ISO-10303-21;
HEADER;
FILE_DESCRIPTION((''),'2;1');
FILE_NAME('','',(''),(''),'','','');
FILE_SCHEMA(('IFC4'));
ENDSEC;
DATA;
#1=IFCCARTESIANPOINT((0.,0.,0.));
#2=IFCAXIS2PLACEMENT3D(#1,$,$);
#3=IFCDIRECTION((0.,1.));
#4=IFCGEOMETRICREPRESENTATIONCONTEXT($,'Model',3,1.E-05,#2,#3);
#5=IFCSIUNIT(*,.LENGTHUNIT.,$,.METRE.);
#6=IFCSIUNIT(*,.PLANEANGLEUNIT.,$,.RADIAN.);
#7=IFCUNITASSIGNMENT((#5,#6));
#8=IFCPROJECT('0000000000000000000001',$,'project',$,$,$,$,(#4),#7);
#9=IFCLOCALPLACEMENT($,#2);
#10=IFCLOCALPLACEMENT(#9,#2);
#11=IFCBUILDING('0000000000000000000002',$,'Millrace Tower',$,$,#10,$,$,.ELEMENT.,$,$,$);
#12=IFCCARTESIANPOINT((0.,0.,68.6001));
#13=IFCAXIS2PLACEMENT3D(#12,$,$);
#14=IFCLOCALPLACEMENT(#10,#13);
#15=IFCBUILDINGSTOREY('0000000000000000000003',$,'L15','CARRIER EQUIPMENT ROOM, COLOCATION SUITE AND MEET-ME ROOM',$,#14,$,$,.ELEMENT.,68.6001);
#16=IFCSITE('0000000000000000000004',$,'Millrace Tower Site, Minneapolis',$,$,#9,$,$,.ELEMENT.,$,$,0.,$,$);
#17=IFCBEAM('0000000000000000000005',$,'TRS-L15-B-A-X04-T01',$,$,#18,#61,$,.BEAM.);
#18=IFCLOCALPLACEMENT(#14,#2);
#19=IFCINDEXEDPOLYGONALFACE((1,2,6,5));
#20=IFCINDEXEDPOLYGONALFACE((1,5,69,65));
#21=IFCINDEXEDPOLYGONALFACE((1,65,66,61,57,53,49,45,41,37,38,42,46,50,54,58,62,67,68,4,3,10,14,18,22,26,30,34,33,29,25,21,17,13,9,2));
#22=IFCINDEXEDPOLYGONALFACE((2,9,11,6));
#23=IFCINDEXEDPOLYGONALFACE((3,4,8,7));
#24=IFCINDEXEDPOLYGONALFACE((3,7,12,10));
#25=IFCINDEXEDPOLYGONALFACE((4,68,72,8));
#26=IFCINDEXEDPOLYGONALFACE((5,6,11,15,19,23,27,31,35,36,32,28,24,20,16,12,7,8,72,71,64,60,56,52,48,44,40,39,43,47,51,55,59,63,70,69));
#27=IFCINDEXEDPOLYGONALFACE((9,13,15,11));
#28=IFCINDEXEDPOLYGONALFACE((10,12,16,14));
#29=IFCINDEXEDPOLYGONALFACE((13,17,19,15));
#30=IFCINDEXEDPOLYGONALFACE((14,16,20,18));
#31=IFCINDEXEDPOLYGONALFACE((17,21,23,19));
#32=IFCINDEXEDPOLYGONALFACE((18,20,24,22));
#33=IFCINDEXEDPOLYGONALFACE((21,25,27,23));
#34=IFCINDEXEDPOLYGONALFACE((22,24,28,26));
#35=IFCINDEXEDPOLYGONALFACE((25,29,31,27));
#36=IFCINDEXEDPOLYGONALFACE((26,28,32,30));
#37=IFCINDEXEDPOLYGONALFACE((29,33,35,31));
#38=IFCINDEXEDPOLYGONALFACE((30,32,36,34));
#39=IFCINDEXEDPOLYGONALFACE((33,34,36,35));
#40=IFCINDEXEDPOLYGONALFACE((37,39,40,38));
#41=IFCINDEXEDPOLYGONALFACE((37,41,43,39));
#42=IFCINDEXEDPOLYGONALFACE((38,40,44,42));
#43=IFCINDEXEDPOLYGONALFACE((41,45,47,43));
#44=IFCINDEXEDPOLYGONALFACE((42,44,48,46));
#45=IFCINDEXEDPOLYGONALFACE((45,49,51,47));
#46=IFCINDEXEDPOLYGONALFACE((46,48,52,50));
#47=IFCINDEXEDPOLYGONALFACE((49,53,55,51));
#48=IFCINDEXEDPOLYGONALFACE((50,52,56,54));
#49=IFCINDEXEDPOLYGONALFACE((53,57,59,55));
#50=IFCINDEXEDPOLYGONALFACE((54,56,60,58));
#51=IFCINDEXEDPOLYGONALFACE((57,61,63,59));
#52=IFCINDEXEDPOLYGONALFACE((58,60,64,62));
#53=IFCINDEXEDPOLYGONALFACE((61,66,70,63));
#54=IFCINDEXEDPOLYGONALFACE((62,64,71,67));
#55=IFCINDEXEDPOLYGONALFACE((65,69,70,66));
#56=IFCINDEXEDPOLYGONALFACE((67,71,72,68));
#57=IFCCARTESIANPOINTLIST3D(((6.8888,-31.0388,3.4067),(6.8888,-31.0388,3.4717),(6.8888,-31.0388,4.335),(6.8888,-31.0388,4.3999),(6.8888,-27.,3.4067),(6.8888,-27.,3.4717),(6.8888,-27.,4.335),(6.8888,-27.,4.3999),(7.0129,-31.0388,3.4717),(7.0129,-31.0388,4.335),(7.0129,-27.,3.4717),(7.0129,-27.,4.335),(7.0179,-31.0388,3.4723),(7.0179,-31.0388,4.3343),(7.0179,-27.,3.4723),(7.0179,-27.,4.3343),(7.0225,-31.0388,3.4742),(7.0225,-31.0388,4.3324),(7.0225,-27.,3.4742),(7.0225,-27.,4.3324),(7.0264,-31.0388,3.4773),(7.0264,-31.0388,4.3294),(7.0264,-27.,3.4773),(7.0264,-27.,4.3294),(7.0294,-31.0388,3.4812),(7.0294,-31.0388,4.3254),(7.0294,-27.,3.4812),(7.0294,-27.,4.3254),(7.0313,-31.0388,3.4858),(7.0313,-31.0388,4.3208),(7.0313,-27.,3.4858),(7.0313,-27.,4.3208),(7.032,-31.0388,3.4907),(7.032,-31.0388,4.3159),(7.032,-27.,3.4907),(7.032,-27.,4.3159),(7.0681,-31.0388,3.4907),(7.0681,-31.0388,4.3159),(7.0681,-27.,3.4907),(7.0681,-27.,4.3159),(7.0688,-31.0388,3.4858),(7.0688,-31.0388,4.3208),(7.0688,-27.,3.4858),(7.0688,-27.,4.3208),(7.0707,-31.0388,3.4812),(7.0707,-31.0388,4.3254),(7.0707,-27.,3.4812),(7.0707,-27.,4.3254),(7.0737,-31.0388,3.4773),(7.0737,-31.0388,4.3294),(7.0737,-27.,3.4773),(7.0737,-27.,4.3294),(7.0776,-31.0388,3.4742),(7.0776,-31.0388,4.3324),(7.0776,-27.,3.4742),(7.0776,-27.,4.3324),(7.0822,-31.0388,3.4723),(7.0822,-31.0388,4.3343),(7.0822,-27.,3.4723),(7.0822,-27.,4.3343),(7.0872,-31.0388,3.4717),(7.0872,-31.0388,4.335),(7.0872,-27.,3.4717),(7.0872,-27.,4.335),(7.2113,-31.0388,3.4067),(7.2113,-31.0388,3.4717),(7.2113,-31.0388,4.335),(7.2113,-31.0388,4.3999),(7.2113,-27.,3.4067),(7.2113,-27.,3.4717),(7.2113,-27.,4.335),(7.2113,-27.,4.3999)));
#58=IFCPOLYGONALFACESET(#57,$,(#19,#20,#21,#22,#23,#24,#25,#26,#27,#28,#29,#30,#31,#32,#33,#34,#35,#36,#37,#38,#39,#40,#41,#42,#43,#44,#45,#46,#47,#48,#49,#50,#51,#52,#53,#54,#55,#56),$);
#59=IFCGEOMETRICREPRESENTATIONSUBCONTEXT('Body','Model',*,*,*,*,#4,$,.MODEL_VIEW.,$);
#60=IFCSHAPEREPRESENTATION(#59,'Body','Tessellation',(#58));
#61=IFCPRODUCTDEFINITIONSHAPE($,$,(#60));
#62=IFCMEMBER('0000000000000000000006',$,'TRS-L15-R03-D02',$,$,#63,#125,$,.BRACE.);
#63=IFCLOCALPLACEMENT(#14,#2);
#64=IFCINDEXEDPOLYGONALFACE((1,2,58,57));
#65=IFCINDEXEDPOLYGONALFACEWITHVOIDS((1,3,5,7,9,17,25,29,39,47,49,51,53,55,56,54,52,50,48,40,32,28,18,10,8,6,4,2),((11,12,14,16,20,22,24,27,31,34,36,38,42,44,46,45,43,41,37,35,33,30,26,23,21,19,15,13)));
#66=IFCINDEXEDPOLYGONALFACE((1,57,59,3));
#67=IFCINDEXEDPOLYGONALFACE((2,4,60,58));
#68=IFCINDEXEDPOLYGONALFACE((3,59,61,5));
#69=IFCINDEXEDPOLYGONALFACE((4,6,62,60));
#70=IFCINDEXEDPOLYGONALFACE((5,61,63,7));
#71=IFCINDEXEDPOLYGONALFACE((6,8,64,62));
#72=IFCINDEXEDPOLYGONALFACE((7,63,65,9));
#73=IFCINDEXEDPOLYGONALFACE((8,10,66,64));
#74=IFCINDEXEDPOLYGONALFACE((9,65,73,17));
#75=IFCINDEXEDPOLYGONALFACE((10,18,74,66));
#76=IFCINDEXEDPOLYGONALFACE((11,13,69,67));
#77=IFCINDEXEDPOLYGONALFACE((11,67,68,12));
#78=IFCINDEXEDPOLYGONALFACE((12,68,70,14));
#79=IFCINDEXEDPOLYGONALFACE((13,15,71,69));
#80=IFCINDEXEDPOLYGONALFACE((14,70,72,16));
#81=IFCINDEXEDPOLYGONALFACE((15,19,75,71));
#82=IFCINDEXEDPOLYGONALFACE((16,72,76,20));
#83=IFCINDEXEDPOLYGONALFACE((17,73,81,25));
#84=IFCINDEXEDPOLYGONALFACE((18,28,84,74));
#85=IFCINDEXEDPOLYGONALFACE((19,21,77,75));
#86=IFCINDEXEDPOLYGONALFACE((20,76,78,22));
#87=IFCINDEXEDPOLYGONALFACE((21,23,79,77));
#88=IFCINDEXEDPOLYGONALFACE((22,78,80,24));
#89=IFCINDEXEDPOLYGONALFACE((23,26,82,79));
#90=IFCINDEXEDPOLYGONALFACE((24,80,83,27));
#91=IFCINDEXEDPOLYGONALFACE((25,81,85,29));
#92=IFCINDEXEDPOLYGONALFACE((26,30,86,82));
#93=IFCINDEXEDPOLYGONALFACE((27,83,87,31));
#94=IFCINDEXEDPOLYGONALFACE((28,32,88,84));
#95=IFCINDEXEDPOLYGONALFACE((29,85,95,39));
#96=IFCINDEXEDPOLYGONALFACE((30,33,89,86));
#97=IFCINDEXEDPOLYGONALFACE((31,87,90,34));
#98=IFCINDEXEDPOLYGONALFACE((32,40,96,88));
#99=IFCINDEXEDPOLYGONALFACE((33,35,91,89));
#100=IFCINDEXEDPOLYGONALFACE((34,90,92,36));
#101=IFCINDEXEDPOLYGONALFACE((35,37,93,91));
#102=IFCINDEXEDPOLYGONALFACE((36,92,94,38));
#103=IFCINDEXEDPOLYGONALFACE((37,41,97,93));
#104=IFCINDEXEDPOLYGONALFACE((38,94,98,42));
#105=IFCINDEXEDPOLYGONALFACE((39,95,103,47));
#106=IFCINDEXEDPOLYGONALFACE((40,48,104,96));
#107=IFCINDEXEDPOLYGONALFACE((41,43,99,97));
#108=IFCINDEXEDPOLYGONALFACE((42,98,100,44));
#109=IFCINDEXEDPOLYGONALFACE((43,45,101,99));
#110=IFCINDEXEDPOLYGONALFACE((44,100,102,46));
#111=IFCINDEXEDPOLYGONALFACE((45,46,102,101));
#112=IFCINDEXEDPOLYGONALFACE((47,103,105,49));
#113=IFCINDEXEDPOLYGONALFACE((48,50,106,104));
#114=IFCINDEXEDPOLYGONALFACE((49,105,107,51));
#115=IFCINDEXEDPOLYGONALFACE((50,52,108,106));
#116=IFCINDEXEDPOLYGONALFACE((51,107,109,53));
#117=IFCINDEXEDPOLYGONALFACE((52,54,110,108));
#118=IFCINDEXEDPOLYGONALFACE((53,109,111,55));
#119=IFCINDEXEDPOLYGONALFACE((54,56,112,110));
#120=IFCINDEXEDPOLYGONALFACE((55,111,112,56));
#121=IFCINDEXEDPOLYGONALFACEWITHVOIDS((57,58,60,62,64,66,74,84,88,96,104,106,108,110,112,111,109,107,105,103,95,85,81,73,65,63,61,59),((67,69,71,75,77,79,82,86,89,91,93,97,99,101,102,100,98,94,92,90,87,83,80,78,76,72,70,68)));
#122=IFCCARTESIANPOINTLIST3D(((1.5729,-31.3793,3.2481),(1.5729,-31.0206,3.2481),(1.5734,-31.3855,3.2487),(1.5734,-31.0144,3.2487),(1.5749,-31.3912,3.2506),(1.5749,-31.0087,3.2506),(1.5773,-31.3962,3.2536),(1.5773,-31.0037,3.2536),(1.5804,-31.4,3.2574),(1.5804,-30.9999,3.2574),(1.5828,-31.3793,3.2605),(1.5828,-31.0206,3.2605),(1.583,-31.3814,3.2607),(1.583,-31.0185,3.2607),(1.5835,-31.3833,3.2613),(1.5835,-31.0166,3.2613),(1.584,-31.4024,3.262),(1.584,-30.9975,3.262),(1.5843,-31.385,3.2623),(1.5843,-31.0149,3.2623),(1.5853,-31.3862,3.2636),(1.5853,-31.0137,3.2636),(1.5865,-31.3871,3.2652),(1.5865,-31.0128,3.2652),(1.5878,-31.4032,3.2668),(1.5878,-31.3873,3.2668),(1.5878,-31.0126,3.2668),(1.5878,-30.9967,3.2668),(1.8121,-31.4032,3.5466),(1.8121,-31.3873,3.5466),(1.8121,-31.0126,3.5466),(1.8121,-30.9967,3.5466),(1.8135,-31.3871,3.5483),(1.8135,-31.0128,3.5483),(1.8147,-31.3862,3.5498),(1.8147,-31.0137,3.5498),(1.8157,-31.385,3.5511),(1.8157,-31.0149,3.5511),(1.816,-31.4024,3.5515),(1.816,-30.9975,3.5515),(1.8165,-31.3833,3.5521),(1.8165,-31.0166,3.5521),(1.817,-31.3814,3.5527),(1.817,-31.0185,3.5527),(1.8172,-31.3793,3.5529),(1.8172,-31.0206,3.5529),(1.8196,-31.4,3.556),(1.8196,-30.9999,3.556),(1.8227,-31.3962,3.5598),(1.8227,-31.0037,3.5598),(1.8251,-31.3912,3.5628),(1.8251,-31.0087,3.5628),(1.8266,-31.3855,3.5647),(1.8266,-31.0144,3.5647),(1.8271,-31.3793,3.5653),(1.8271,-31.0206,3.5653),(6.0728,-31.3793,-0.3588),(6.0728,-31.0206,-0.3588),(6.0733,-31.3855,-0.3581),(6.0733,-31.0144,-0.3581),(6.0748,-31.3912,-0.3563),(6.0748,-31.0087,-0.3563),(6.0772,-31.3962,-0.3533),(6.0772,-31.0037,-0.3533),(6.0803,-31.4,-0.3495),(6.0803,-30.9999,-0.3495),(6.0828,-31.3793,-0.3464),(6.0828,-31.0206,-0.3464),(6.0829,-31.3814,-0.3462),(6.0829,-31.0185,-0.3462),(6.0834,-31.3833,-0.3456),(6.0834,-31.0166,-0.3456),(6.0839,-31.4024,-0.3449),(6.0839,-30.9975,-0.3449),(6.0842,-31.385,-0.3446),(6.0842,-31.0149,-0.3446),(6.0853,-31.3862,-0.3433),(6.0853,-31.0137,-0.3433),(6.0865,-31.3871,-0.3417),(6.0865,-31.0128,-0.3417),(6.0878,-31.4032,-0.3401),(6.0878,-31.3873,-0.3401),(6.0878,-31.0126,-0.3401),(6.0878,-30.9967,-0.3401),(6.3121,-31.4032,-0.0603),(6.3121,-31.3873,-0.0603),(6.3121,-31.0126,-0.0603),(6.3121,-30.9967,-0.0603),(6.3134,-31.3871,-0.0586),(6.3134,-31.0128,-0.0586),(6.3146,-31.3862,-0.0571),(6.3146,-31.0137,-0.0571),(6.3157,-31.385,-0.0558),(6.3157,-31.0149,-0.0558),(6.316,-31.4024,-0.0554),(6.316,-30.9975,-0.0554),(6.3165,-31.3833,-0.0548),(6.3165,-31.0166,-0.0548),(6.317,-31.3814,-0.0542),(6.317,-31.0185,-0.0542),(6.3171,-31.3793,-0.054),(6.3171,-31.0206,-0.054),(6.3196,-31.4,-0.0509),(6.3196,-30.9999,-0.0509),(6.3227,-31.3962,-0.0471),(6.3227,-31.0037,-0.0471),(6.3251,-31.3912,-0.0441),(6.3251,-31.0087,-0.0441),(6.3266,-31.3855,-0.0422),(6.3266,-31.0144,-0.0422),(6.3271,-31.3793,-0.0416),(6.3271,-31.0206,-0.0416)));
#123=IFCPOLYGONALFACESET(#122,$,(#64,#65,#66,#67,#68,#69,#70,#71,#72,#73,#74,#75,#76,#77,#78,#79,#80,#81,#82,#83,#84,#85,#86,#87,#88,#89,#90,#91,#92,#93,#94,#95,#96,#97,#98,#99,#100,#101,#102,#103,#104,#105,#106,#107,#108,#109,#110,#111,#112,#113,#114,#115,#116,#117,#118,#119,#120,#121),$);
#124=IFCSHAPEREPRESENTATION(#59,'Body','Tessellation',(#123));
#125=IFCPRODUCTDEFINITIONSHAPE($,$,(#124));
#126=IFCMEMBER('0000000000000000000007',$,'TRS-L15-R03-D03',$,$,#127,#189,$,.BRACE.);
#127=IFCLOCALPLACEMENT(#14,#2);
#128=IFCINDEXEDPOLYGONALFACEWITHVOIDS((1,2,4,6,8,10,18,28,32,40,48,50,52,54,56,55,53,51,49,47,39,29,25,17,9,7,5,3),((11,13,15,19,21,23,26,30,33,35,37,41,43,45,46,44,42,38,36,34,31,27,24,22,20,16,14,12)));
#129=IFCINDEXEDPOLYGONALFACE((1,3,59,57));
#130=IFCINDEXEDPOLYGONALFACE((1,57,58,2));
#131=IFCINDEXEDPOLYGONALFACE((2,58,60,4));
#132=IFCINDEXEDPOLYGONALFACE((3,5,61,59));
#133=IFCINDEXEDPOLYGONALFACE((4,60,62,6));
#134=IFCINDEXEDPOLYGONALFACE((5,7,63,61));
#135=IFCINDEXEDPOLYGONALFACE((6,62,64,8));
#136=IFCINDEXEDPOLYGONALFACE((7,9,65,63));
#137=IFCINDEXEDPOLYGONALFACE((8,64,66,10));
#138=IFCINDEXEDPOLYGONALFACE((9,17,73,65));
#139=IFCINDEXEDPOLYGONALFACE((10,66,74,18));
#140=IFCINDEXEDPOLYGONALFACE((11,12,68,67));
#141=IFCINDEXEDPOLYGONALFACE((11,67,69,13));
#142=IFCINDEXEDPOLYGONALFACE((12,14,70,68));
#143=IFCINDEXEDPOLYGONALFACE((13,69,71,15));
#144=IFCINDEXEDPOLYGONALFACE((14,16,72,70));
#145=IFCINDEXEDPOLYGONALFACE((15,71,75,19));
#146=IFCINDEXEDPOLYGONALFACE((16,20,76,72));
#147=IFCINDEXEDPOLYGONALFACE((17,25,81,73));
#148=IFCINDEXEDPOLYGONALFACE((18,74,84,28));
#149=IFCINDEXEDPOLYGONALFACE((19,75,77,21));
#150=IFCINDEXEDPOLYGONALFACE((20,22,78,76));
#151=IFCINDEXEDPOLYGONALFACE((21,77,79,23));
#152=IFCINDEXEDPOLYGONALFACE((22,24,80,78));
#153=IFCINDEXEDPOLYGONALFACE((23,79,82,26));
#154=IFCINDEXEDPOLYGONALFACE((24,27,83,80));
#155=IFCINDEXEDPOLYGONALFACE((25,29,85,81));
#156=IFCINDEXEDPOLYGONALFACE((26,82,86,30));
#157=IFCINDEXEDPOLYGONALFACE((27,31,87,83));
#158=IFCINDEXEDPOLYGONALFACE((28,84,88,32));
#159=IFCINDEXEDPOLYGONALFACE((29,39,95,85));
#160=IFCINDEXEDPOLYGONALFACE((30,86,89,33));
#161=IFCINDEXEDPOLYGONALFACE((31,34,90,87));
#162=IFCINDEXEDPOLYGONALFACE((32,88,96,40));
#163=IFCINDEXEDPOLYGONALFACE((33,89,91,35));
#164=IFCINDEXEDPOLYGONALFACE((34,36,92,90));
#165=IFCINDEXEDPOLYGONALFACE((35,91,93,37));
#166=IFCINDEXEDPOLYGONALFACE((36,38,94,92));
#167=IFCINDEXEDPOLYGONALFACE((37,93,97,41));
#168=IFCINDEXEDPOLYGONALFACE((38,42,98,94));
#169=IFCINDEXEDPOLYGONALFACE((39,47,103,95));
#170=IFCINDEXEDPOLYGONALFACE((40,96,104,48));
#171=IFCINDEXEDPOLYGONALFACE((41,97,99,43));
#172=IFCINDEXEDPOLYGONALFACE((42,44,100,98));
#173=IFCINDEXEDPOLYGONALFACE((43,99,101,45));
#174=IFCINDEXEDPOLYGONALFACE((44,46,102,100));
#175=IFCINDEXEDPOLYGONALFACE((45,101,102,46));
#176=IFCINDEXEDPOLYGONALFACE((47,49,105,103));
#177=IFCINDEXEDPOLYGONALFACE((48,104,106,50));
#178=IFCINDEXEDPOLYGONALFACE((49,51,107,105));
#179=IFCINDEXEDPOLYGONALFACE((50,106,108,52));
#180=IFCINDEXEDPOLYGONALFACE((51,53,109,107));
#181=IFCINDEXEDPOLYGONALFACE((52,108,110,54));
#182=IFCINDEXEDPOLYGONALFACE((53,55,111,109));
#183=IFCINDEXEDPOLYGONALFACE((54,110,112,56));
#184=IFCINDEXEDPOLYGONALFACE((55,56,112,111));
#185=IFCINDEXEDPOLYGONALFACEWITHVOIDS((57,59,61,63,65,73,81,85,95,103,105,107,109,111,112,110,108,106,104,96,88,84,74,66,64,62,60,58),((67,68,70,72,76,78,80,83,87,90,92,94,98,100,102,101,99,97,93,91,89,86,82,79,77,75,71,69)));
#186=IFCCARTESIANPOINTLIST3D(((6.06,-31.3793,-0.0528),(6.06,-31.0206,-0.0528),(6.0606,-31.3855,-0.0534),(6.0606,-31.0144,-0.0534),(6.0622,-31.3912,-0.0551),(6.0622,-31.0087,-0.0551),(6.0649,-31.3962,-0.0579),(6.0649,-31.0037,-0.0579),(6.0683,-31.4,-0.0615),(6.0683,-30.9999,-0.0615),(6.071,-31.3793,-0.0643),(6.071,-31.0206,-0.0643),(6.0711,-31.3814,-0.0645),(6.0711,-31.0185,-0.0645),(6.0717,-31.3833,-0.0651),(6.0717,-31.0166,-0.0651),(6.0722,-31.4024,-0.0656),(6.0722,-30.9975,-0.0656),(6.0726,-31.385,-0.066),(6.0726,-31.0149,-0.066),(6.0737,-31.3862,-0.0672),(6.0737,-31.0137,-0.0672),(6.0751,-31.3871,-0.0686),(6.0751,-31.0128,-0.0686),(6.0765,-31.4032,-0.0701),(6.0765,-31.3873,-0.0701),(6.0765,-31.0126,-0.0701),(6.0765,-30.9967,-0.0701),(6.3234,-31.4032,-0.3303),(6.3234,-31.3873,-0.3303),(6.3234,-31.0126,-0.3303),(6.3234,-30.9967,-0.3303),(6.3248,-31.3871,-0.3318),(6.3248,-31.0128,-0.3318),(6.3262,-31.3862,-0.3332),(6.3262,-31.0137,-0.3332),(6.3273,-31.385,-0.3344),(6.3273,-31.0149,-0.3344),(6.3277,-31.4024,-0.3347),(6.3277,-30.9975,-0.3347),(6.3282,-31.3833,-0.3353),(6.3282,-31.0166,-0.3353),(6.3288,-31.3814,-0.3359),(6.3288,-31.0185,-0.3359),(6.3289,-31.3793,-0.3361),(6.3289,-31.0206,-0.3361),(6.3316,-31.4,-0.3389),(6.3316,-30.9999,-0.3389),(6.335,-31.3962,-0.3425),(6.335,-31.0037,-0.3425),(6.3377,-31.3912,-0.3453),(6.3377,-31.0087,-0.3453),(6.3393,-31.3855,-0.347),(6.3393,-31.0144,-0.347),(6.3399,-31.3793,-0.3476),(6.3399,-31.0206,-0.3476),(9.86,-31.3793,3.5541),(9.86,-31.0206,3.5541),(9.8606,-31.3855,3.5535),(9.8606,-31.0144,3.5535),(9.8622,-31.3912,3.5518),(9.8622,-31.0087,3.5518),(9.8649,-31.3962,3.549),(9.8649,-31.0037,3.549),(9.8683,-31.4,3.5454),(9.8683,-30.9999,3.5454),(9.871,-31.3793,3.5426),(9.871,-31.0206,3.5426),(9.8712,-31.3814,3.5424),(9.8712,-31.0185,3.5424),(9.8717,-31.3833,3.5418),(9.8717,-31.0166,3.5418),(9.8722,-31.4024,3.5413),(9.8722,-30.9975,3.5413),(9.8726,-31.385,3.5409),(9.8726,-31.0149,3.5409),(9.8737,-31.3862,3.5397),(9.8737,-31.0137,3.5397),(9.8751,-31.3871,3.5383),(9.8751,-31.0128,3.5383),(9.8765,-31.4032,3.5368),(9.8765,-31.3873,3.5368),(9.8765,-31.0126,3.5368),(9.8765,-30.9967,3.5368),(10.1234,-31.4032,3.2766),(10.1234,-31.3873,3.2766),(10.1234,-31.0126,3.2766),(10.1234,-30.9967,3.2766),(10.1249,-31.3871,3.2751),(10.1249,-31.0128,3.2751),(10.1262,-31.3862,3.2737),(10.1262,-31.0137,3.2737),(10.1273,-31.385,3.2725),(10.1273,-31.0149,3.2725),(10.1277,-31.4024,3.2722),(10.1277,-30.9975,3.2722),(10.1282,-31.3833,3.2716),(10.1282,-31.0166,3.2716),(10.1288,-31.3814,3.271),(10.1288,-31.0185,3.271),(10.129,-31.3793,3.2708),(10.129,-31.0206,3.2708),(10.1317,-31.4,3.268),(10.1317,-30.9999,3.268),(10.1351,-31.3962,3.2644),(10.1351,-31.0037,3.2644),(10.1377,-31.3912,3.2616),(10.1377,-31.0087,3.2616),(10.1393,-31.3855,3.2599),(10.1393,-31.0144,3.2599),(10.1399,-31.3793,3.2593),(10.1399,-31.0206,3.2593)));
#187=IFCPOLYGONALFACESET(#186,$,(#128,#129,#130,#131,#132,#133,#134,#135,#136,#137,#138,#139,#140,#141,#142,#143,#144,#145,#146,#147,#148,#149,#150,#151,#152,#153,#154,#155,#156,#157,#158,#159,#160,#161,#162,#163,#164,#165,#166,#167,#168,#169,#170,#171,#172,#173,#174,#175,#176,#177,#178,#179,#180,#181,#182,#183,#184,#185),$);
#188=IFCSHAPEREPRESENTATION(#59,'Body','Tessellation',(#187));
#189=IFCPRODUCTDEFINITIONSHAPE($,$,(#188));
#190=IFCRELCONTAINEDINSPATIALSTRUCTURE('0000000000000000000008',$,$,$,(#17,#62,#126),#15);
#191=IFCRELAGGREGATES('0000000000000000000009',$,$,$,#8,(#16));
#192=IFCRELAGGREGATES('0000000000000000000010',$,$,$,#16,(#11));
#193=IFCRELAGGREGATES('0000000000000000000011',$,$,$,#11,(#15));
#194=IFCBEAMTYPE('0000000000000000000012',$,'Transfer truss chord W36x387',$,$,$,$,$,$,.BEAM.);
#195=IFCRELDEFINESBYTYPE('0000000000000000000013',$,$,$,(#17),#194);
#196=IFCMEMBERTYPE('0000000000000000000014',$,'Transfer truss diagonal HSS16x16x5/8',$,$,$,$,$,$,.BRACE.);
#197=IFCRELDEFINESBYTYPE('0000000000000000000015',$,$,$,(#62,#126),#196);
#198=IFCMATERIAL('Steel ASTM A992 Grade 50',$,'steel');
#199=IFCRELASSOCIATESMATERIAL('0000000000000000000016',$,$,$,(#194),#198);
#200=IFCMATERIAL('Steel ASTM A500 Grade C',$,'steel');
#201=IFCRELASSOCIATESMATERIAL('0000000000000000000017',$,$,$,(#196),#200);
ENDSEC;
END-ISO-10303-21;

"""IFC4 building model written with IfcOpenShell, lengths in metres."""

from ifc_helpers import new_model, si_unit, direction, frame, origin, origin_2d, place, context, subcontext, project, spatial, hollow_rectangle, i_section, extrude, material, material_profile, profile_set, type_object, element, save


model = new_model("IFC4")

# Units and contexts
model_context = context("Model", 3, precision=1e-05, world=origin(), true_north=direction((0.0, 1.0)))
body_context = subcontext(model_context, "Body", "Model", "MODEL_VIEW")
ifc_project = project(units=[si_unit("LENGTHUNIT", "METRE"), si_unit("PLANEANGLEUNIT", "RADIAN")], contexts=[model_context])

# Site, building, storey
site_placement = place(None, origin())
site = spatial("IfcSite", under=ifc_project, at=site_placement, Name="Millrace Tower Site, Minneapolis", CompositionType="ELEMENT", RefElevation=0.0)
building_placement = place(site_placement, origin())
building = spatial("IfcBuilding", under=site, at=building_placement, Name="Millrace Tower", CompositionType="ELEMENT")
storey_placement = place(building_placement, frame((0.0, 0.0, 68.6001)))
storey = spatial("IfcBuildingStorey", under=building, at=storey_placement, Name="L15", Description="CARRIER EQUIPMENT ROOM, COLOCATION SUITE AND MEET-ME ROOM", CompositionType="ELEMENT", Elevation=68.6001)

# Beam
ifc_material_1 = material(Name="Steel ASTM A992 Grade 50", Category="steel")
ifc_material_profile_1 = material_profile(ifc_material_1, i_section(OverallWidth=0.3225, OverallDepth=0.9932, WebThickness=0.0361, FlangeThickness=0.0649, FilletRadius=0.019, at=origin_2d()))
ifc_profile_set_1 = profile_set([ifc_material_profile_1], Name="Steel ASTM A992 Grade 50")
beam_type_1 = type_object("IfcBeamType", Name="Transfer truss chord W36x387", PredefinedType="BEAM", material=ifc_profile_set_1)
for number, where, z_axis, x_axis, name in (
    (1, (7.05, -27.0, 3.9033), (0.0, -1.0, 0.0), (1.0, 0.0, 0.0), "TRS-L15-B-A-X04-T01"),
):
    element("IfcBeam", number, at=place(storey_placement, frame(where, z_axis=z_axis, x_axis=x_axis)), inside=storey, type_object=beam_type_1, Name=name, PredefinedType="BEAM", context=body_context, shape_type="SweptSolid", body=[
        extrude(i_section(OverallWidth=0.3225, OverallDepth=0.9932, WebThickness=0.0361, FlangeThickness=0.0649, FilletRadius=0.019, at=origin_2d()), origin(), (0.0, 0.0, 1.0), 4.0388),
    ])

# Members
ifc_material_2 = material(Name="Steel ASTM A500 Grade C", Category="steel")
ifc_material_profile_2 = material_profile(ifc_material_2, hollow_rectangle(XDim=0.4065, YDim=0.4065, WallThickness=0.0159, InnerFilletRadius=0.0081, OuterFilletRadius=0.0239, at=origin_2d()))
ifc_profile_set_2 = profile_set([ifc_material_profile_2], Name="Steel ASTM A500 Grade C")
member_type_1 = type_object("IfcMemberType", Name="Transfer truss diagonal HSS16x16x5/8", PredefinedType="BRACE", material=ifc_profile_set_2)
member_1_placement = place(storey_placement, frame((6.2, -31.2, -0.2002), z_axis=(-0.780282, 0.0, 0.625428), x_axis=(0.0, -1.0, 0.0)))
element("IfcMember", 2, at=member_1_placement, inside=storey, type_object=member_type_1, Name="TRS-L15-R03-D02", PredefinedType="BRACE", context=body_context, shape_type="SweptSolid", body=[
    extrude(hollow_rectangle(XDim=0.4065, YDim=0.4065, WallThickness=0.0159, InnerFilletRadius=0.0081, OuterFilletRadius=0.0239, at=origin_2d()), origin(), (0.0, 0.0, 1.0), 5.7671),
])
member_2_placement = place(storey_placement, frame((6.2, -31.2, -0.2002), z_axis=(0.725296, 0.0, 0.688437), x_axis=(0.0, 1.0, 0.0)))
element("IfcMember", 3, at=member_2_placement, inside=storey, type_object=member_type_1, Name="TRS-L15-R03-D03", PredefinedType="BRACE", context=body_context, shape_type="SweptSolid", body=[
    extrude(hollow_rectangle(XDim=0.4065, YDim=0.4065, WallThickness=0.0159, InnerFilletRadius=0.0081, OuterFilletRadius=0.0239, at=origin_2d()), origin(), (0.0, 0.0, 1.0), 5.2393),
])

save(model, "model.ifc")
